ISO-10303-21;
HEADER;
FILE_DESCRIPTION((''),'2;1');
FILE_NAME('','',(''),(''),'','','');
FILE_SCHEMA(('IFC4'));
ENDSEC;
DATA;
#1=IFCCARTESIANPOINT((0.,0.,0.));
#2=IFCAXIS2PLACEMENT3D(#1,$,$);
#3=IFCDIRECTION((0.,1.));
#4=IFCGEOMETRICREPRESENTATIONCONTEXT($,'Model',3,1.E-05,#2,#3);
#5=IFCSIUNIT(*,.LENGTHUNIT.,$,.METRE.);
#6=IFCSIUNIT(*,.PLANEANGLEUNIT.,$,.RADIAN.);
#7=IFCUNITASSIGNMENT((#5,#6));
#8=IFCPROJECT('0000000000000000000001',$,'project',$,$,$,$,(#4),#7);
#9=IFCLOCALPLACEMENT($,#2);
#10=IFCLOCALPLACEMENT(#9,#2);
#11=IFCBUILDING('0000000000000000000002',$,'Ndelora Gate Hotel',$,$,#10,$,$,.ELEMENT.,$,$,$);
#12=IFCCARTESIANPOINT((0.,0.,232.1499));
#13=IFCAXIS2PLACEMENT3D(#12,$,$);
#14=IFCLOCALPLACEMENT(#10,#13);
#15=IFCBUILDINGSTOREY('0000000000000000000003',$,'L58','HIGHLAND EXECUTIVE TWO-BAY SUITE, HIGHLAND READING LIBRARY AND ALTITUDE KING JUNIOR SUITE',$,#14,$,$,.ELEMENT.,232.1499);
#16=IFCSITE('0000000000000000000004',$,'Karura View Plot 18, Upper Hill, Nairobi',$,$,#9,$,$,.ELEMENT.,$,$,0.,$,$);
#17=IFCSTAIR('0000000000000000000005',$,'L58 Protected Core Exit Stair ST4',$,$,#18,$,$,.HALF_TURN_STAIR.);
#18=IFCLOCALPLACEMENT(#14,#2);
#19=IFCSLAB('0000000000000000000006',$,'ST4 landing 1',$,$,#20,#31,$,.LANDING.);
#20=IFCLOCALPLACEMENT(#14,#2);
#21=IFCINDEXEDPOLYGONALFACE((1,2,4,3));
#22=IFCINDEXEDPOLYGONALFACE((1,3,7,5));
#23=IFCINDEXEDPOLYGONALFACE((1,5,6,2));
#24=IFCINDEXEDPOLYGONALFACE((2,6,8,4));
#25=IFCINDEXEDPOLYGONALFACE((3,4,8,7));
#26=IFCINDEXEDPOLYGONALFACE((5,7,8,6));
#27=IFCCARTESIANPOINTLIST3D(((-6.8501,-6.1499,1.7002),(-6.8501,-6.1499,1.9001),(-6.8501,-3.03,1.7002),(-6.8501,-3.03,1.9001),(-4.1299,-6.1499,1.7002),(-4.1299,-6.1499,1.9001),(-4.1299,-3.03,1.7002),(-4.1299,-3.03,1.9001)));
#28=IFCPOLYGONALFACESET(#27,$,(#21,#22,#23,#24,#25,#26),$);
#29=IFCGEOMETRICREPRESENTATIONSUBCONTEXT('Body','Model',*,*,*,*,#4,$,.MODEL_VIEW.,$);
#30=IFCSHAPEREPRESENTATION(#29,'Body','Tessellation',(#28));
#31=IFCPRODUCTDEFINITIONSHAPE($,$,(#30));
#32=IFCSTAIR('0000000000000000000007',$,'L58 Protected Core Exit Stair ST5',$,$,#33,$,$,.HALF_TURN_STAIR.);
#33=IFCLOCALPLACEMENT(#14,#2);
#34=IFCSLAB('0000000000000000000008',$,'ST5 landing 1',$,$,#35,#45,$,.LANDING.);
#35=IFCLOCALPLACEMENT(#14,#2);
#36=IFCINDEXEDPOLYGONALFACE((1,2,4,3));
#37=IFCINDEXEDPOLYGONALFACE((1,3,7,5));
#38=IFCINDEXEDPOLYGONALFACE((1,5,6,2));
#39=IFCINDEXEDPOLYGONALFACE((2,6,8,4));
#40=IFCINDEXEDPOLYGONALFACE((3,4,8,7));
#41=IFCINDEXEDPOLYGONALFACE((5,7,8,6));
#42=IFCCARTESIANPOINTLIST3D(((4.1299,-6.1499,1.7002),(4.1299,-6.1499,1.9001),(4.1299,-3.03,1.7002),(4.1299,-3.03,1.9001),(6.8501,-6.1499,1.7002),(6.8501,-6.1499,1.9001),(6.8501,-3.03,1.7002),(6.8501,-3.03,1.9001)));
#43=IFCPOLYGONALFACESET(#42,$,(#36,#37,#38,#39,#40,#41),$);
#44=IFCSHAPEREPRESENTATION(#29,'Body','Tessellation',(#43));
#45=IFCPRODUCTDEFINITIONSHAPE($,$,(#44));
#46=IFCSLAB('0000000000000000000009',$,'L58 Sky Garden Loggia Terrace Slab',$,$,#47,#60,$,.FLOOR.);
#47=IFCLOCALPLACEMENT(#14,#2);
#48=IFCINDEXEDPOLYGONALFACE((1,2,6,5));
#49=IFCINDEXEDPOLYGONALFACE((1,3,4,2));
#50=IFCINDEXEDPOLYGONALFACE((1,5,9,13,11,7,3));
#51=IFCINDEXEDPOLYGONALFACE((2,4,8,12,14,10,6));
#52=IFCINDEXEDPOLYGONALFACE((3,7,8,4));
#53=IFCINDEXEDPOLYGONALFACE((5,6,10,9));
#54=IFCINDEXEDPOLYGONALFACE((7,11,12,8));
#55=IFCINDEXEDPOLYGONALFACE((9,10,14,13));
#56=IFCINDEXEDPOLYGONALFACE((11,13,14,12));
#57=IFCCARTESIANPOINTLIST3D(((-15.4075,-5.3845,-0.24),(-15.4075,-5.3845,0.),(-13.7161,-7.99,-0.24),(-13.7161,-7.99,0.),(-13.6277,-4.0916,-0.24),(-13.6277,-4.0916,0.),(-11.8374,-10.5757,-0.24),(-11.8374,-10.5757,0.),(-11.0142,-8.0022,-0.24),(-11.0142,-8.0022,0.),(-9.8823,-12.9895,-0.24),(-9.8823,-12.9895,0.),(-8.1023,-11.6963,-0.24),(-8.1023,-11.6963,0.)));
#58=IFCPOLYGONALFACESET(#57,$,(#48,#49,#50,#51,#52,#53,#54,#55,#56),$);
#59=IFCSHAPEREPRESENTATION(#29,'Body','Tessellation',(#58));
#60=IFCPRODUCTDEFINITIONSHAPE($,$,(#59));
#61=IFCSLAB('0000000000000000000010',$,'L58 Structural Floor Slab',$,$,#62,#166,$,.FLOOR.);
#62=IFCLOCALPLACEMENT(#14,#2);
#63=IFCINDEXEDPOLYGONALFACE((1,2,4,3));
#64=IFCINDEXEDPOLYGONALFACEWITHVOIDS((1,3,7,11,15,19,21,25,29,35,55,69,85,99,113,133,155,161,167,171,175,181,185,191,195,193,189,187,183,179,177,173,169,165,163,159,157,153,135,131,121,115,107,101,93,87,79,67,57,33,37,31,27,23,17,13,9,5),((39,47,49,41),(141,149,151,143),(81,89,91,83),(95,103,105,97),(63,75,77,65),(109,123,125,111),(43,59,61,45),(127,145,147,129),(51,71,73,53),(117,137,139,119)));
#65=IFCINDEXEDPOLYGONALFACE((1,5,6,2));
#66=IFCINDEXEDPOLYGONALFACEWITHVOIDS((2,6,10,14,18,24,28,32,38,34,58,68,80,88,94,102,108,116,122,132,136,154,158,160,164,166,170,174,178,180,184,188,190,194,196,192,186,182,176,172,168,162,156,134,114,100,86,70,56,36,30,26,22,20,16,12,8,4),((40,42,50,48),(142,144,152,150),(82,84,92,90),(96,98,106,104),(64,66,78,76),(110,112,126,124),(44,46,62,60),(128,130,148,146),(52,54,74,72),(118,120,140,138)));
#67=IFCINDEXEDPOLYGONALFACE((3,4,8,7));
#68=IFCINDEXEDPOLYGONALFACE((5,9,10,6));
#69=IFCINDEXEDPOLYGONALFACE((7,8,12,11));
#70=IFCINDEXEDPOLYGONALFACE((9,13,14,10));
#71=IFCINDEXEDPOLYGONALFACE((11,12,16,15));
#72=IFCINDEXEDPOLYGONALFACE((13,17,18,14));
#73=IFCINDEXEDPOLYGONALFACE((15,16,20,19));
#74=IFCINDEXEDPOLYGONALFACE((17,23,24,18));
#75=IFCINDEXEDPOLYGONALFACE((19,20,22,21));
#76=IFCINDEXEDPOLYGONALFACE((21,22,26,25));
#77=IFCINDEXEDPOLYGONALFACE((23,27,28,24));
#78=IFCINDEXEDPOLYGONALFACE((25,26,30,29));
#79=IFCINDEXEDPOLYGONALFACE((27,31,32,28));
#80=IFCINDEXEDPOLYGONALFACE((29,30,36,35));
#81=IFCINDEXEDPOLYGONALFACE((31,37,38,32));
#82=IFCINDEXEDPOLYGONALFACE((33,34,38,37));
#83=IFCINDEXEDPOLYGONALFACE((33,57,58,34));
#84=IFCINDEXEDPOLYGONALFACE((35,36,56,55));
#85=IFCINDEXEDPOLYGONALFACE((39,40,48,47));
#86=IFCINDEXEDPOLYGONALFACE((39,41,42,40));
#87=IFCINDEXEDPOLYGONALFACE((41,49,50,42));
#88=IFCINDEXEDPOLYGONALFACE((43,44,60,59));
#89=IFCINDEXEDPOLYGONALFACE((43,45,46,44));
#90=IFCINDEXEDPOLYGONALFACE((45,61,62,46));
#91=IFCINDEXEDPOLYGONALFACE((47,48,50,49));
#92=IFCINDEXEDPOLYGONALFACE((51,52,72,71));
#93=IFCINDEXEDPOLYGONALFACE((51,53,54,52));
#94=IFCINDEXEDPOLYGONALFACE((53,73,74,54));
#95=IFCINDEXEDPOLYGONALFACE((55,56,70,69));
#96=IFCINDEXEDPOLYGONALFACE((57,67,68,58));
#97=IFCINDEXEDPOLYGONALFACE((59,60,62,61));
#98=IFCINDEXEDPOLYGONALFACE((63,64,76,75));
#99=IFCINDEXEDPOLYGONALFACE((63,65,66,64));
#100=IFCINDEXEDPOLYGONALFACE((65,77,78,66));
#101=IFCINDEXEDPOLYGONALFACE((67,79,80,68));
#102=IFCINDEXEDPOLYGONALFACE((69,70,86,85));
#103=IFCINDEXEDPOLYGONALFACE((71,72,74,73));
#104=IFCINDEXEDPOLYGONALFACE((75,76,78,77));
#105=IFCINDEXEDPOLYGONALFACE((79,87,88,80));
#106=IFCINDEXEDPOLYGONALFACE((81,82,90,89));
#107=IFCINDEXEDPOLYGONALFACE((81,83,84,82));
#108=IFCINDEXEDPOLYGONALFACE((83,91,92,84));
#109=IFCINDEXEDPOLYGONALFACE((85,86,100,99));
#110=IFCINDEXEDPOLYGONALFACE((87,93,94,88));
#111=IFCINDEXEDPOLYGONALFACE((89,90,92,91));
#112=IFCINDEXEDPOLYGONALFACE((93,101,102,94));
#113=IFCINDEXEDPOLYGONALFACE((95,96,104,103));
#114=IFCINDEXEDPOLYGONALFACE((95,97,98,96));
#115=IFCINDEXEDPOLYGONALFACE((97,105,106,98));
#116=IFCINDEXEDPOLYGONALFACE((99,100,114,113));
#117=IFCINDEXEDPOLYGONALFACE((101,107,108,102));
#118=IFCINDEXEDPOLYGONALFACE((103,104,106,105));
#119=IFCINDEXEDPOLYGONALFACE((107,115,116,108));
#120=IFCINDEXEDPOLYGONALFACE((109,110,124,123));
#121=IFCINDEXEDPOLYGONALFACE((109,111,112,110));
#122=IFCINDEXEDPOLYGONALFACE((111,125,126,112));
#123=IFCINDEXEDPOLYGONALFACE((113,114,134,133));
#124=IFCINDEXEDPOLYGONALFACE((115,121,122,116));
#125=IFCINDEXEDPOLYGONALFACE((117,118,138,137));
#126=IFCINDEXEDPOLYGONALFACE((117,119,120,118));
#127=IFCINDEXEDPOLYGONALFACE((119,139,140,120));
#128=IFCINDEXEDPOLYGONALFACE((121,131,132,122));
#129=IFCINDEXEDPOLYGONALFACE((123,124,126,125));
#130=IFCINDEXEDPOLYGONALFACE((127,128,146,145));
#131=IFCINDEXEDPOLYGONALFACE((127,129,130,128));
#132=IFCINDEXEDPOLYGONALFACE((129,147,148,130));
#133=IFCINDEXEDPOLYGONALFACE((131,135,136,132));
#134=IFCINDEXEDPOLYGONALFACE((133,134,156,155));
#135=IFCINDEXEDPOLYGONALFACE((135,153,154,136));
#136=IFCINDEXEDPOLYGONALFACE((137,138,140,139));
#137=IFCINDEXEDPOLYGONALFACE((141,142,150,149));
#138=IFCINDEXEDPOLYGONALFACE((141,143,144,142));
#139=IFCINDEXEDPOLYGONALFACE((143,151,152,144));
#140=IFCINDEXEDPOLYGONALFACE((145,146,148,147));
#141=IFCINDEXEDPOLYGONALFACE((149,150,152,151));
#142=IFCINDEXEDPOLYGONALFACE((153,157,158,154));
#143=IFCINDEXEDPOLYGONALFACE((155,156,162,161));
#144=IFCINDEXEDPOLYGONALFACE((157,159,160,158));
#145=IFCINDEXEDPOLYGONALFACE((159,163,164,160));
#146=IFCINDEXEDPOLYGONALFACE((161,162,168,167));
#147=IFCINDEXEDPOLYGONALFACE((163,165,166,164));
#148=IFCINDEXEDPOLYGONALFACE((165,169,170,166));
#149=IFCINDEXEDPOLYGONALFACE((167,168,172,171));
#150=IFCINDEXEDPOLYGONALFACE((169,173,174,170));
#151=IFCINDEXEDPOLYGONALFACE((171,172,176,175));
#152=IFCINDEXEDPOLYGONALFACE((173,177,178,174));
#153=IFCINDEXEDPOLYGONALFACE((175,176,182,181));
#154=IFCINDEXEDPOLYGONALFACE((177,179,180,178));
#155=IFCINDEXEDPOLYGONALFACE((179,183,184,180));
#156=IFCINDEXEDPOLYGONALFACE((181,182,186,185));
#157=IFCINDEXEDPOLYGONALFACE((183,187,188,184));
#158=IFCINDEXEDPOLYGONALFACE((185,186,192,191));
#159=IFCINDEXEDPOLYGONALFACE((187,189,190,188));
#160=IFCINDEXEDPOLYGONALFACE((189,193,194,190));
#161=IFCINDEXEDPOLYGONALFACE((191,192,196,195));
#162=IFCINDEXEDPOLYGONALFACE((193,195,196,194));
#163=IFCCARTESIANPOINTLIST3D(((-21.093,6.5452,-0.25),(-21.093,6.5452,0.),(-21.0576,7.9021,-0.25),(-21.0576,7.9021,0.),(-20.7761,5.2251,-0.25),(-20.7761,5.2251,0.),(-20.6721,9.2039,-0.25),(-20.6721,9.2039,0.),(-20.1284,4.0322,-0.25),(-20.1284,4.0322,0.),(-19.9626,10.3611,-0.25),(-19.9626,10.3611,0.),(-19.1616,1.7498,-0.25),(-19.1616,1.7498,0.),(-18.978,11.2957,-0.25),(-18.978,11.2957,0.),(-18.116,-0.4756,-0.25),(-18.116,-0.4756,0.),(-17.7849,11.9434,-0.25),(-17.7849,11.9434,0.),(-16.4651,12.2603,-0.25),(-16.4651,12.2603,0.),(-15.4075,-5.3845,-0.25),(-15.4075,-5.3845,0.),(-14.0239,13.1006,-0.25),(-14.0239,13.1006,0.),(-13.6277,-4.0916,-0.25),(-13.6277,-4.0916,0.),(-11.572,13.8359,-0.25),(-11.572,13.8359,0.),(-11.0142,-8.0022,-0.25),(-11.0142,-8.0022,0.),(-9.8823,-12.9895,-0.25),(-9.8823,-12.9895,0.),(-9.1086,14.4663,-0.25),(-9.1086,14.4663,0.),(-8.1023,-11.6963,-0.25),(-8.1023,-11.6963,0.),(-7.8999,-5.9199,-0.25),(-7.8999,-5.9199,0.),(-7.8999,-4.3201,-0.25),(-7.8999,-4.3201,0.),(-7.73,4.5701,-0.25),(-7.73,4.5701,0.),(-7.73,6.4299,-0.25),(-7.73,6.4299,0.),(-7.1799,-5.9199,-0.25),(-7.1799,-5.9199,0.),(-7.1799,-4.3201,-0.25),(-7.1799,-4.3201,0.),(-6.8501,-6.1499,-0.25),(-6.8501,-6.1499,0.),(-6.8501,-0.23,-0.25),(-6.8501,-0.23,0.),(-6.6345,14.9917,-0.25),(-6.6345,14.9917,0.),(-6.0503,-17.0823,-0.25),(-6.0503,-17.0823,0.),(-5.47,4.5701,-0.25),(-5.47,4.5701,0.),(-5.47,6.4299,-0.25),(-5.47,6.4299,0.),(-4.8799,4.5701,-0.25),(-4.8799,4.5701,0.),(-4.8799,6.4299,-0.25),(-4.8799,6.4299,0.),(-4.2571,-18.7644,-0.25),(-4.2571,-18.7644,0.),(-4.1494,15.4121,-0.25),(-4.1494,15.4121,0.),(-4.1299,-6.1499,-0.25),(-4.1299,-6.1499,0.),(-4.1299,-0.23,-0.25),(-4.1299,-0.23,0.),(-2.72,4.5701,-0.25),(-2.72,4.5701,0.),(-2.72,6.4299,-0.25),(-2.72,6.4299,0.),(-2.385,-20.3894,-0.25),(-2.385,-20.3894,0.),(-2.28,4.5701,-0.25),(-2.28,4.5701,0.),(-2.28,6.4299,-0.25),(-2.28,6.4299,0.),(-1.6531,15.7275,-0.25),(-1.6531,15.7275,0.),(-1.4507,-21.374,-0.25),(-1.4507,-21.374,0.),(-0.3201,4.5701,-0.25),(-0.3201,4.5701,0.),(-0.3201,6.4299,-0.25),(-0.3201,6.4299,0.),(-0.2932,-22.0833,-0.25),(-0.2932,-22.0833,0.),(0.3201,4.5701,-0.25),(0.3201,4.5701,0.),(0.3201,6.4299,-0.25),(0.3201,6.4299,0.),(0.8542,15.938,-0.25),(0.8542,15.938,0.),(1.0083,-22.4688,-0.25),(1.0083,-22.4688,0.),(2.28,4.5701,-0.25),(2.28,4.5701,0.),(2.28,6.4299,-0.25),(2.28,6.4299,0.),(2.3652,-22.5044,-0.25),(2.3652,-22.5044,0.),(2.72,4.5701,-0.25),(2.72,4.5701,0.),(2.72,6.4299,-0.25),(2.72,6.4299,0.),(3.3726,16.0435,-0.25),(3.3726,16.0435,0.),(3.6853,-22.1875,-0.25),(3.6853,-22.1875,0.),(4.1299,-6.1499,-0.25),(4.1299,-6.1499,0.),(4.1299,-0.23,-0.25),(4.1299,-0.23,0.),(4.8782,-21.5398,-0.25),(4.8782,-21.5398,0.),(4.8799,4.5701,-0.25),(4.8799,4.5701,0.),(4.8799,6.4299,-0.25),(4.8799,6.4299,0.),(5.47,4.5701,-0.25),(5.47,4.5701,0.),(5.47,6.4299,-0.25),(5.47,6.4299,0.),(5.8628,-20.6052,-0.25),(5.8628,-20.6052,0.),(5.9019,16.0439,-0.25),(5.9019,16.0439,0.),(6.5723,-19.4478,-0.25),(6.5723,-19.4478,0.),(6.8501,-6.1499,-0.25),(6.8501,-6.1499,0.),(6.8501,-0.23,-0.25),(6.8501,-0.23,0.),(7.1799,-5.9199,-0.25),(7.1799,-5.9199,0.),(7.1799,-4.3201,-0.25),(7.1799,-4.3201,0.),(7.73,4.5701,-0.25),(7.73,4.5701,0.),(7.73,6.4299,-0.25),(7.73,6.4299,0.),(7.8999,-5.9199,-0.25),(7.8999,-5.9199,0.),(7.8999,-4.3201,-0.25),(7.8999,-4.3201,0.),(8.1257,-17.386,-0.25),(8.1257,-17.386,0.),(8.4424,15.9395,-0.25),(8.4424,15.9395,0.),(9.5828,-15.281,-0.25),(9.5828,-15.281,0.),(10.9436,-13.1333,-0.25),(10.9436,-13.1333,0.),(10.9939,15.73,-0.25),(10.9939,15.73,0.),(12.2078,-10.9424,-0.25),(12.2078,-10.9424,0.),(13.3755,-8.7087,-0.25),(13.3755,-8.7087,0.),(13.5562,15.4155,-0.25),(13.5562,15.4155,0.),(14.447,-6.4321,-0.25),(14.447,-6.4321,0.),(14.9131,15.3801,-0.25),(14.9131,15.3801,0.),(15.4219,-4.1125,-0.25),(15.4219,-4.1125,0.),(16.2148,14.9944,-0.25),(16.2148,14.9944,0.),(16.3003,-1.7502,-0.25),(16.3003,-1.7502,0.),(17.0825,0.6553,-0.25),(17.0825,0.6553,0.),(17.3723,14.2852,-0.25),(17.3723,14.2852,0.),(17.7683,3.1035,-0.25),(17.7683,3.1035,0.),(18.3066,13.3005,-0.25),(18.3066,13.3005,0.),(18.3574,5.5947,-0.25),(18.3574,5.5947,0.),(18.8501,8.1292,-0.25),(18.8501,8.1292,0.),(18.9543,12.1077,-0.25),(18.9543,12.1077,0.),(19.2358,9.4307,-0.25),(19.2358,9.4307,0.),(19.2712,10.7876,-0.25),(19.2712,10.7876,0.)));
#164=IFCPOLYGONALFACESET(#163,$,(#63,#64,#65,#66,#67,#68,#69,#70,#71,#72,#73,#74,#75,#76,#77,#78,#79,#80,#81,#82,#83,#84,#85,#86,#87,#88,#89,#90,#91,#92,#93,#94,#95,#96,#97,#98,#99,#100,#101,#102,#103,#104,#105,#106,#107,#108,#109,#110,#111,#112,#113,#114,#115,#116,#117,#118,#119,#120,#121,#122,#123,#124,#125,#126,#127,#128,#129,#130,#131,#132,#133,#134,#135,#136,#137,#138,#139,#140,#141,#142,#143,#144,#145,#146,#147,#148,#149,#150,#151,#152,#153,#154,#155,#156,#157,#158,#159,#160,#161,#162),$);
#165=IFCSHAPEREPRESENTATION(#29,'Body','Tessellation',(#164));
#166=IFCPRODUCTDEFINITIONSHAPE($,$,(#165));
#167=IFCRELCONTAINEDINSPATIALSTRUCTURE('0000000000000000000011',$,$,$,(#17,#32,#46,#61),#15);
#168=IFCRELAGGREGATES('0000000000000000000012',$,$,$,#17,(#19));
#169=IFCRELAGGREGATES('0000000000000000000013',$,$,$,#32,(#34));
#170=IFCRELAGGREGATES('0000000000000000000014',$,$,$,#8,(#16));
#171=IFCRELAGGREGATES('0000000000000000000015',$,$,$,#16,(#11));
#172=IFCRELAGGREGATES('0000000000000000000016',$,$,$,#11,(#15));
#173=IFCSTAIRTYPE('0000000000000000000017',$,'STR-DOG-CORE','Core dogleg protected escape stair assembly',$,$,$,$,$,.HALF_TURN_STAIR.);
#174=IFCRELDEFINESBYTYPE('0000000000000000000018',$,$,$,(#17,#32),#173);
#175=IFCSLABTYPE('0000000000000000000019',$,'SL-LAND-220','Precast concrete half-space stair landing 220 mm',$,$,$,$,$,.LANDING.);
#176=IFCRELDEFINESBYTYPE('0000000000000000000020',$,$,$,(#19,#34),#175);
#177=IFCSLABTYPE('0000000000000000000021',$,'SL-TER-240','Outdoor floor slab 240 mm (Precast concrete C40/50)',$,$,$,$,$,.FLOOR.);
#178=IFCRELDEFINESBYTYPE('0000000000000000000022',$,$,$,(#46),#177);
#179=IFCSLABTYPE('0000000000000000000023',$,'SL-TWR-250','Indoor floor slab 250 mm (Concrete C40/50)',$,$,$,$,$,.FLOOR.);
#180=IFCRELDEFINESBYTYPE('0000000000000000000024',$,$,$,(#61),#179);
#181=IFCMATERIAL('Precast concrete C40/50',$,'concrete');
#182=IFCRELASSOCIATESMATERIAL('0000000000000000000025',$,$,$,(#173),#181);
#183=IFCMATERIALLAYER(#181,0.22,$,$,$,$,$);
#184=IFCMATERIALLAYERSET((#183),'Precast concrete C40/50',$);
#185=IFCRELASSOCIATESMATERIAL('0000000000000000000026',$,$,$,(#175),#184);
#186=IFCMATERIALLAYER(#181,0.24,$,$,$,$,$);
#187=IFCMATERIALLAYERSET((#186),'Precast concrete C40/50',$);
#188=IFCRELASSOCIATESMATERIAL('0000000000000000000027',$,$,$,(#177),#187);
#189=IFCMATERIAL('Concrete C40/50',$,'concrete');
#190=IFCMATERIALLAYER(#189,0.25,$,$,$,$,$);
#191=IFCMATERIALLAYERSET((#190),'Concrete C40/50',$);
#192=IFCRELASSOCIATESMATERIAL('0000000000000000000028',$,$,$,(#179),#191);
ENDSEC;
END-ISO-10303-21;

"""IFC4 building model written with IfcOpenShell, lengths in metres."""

from ifc_helpers import new_model, si_unit, direction, frame, origin, place, context, subcontext, project, spatial, polyline, outline, extrude, material, layer, layer_set, type_object, element, aggregate, save


model = new_model("IFC4")

# Units and contexts
model_context = context("Model", 3, precision=1e-05, world=origin(), true_north=direction((0.0, 1.0)))
body_context = subcontext(model_context, "Body", "Model", "MODEL_VIEW")
ifc_project = project(units=[si_unit("LENGTHUNIT", "METRE"), si_unit("PLANEANGLEUNIT", "RADIAN")], contexts=[model_context])

# Site, building, storey
site_placement = place(None, origin())
site = spatial("IfcSite", under=ifc_project, at=site_placement, Name="Karura View Plot 18, Upper Hill, Nairobi", CompositionType="ELEMENT", RefElevation=0.0)
building_placement = place(site_placement, origin())
building = spatial("IfcBuilding", under=site, at=building_placement, Name="Ndelora Gate Hotel", CompositionType="ELEMENT")
storey_placement = place(building_placement, frame((0.0, 0.0, 232.1499)))
storey = spatial("IfcBuildingStorey", under=building, at=storey_placement, Name="L58", Description="HIGHLAND EXECUTIVE TWO-BAY SUITE, HIGHLAND READING LIBRARY AND ALTITUDE KING JUNIOR SUITE", CompositionType="ELEMENT", Elevation=232.1499)

# Stairs, slabs
ifc_material_1 = material(Name="Precast concrete C40/50", Category="concrete")
stair_type = type_object("IfcStairType", Name="STR-DOG-CORE", Description="Core dogleg protected escape stair assembly", PredefinedType="HALF_TURN_STAIR", material=ifc_material_1)
stair_1_placement = place(storey_placement, origin())
stair_1 = element("IfcStair", 1, at=stair_1_placement, inside=storey, type_object=stair_type, Name="L58 Protected Core Exit Stair ST4", PredefinedType="HALF_TURN_STAIR")
ifc_layer_1 = layer(ifc_material_1, 0.22)
ifc_layer_set_1 = layer_set([ifc_layer_1], Name="Precast concrete C40/50")
slab_type_1 = type_object("IfcSlabType", Name="SL-LAND-220", Description="Precast concrete half-space stair landing 220 mm", PredefinedType="LANDING", material=ifc_layer_set_1)
slab_1_placement = place(storey_placement, frame((0.0, 0.0, 1.7002)))
slab_1 = element("IfcSlab", 2, at=slab_1_placement, type_object=slab_type_1, Name="ST4 landing 1", PredefinedType="LANDING", context=body_context, shape_type="SweptSolid", body=[
    extrude(outline(polyline([(-6.8501, -3.03), (-6.8501, -6.1499), (-4.1299, -6.1499), (-4.1299, -3.03), (-6.8501, -3.03)])), origin(), (0.0, 0.0, 1.0), 0.2),
])
aggregate(stair_1, [slab_1])
stair_2_placement = place(storey_placement, origin())
stair_2 = element("IfcStair", 3, at=stair_2_placement, inside=storey, type_object=stair_type, Name="L58 Protected Core Exit Stair ST5", PredefinedType="HALF_TURN_STAIR")
slab_2_placement = place(storey_placement, frame((0.0, 0.0, 1.7002)))
slab_2 = element("IfcSlab", 4, at=slab_2_placement, type_object=slab_type_1, Name="ST5 landing 1", PredefinedType="LANDING", context=body_context, shape_type="SweptSolid", body=[
    extrude(outline(polyline([(4.1299, -3.03), (4.1299, -6.1499), (6.8501, -6.1499), (6.8501, -3.03), (4.1299, -3.03)])), origin(), (0.0, 0.0, 1.0), 0.2),
])

# Slabs
ifc_layer_2 = layer(ifc_material_1, 0.24)
ifc_layer_set_2 = layer_set([ifc_layer_2], Name="Precast concrete C40/50")
slab_type_2 = type_object("IfcSlabType", Name="SL-TER-240", Description="Outdoor floor slab 240 mm (Precast concrete C40/50)", PredefinedType="FLOOR", material=ifc_layer_set_2)
slab_3_placement = place(storey_placement, frame((0.0, 0.0, -0.24)))
element("IfcSlab", 5, at=slab_3_placement, inside=storey, type_object=slab_type_2, Name="L58 Sky Garden Loggia Terrace Slab", PredefinedType="FLOOR", context=body_context, shape_type="SweptSolid", body=[
    extrude(outline(polyline([(-13.6277, -4.0916), (-15.4075, -5.3845), (-13.7161, -7.99), (-11.8374, -10.5757), (-9.8823, -12.9895), (-8.1023, -11.6963), (-11.0142, -8.0022), (-13.6277, -4.0916)])), origin(), (0.0, 0.0, 1.0), 0.24),
])
ifc_material_2 = material(Name="Concrete C40/50", Category="concrete")
ifc_layer_3 = layer(ifc_material_2, 0.25)
ifc_layer_set_3 = layer_set([ifc_layer_3], Name="Concrete C40/50")
slab_type_3 = type_object("IfcSlabType", Name="SL-TWR-250", Description="Indoor floor slab 250 mm (Concrete C40/50)", PredefinedType="FLOOR", material=ifc_layer_set_3)
slab_4_placement = place(storey_placement, frame((0.0, 0.0, -0.25)))
element("IfcSlab", 6, at=slab_4_placement, inside=storey, type_object=slab_type_3, Name="L58 Structural Floor Slab", PredefinedType="FLOOR", context=body_context, shape_type="SweptSolid", body=[
    extrude(outline(polyline([(-16.4651, 12.2603), (-17.7849, 11.9434), (-18.978, 11.2957), (-19.9626, 10.3611), (-20.6721, 9.2039), (-21.0576, 7.9021), (-21.093, 6.5452), (-20.7761, 5.2251), (-20.1284, 4.0322), (-19.1616, 1.7498), (-18.116, -0.4756), (-15.4075, -5.3845), (-13.6277, -4.0916), (-11.0142, -8.0022), (-8.1023, -11.6963), (-9.8823, -12.9895), (-6.0503, -17.0823), (-4.2571, -18.7644), (-2.385, -20.3894), (-1.4507, -21.374), (-0.2932, -22.0833), (1.0083, -22.4688), (2.3652, -22.5044), (3.6853, -22.1875), (4.8782, -21.5398), (5.8628, -20.6052), (6.5723, -19.4478), (8.1257, -17.386), (9.5828, -15.281), (10.9436, -13.1333), (12.2078, -10.9424), (13.3755, -8.7087), (14.447, -6.4321), (15.4219, -4.1125), (16.3003, -1.7502), (17.0825, 0.6553), (17.7683, 3.1035), (18.3574, 5.5947), (18.8501, 8.1292), (19.2358, 9.4307), (19.2712, 10.7876), (18.9543, 12.1077), (18.3066, 13.3005), (17.3723, 14.2852), (16.2148, 14.9944), (14.9131, 15.3801), (13.5562, 15.4155), (10.9939, 15.73), (8.4424, 15.9395), (5.9019, 16.0439), (3.3726, 16.0435), (0.8542, 15.938), (-1.6531, 15.7275), (-4.1494, 15.4121), (-6.6345, 14.9917), (-9.1086, 14.4663), (-11.572, 13.8359), (-14.0239, 13.1006), (-16.4651, 12.2603)]), holes=[polyline([(-6.8501, -0.23), (-6.8501, -6.1499), (-4.1299, -6.1499), (-4.1299, -0.23), (-6.8501, -0.23)]), polyline([(4.1299, -0.23), (4.1299, -6.1499), (6.8501, -6.1499), (6.8501, -0.23), (4.1299, -0.23)]), polyline([(-7.73, 4.5701), (-5.47, 4.5701), (-5.47, 6.4299), (-7.73, 6.4299), (-7.73, 4.5701)]), polyline([(5.47, 4.5701), (7.73, 4.5701), (7.73, 6.4299), (5.47, 6.4299), (5.47, 4.5701)]), polyline([(-4.8799, 4.5701), (-2.72, 4.5701), (-2.72, 6.4299), (-4.8799, 6.4299), (-4.8799, 4.5701)]), polyline([(2.72, 4.5701), (4.8799, 4.5701), (4.8799, 6.4299), (2.72, 6.4299), (2.72, 4.5701)]), polyline([(-2.28, 4.5701), (-0.3201, 4.5701), (-0.3201, 6.4299), (-2.28, 6.4299), (-2.28, 4.5701)]), polyline([(0.3201, 4.5701), (2.28, 4.5701), (2.28, 6.4299), (0.3201, 6.4299), (0.3201, 4.5701)]), polyline([(-7.8999, -5.9199), (-7.1799, -5.9199), (-7.1799, -4.3201), (-7.8999, -4.3201), (-7.8999, -5.9199)]), polyline([(7.1799, -5.9199), (7.8999, -5.9199), (7.8999, -4.3201), (7.1799, -4.3201), (7.1799, -5.9199)])]), origin(), (0.0, 0.0, 1.0), 0.25),
])

aggregate(stair_2, [slab_2])

save(model, "model.ifc")
